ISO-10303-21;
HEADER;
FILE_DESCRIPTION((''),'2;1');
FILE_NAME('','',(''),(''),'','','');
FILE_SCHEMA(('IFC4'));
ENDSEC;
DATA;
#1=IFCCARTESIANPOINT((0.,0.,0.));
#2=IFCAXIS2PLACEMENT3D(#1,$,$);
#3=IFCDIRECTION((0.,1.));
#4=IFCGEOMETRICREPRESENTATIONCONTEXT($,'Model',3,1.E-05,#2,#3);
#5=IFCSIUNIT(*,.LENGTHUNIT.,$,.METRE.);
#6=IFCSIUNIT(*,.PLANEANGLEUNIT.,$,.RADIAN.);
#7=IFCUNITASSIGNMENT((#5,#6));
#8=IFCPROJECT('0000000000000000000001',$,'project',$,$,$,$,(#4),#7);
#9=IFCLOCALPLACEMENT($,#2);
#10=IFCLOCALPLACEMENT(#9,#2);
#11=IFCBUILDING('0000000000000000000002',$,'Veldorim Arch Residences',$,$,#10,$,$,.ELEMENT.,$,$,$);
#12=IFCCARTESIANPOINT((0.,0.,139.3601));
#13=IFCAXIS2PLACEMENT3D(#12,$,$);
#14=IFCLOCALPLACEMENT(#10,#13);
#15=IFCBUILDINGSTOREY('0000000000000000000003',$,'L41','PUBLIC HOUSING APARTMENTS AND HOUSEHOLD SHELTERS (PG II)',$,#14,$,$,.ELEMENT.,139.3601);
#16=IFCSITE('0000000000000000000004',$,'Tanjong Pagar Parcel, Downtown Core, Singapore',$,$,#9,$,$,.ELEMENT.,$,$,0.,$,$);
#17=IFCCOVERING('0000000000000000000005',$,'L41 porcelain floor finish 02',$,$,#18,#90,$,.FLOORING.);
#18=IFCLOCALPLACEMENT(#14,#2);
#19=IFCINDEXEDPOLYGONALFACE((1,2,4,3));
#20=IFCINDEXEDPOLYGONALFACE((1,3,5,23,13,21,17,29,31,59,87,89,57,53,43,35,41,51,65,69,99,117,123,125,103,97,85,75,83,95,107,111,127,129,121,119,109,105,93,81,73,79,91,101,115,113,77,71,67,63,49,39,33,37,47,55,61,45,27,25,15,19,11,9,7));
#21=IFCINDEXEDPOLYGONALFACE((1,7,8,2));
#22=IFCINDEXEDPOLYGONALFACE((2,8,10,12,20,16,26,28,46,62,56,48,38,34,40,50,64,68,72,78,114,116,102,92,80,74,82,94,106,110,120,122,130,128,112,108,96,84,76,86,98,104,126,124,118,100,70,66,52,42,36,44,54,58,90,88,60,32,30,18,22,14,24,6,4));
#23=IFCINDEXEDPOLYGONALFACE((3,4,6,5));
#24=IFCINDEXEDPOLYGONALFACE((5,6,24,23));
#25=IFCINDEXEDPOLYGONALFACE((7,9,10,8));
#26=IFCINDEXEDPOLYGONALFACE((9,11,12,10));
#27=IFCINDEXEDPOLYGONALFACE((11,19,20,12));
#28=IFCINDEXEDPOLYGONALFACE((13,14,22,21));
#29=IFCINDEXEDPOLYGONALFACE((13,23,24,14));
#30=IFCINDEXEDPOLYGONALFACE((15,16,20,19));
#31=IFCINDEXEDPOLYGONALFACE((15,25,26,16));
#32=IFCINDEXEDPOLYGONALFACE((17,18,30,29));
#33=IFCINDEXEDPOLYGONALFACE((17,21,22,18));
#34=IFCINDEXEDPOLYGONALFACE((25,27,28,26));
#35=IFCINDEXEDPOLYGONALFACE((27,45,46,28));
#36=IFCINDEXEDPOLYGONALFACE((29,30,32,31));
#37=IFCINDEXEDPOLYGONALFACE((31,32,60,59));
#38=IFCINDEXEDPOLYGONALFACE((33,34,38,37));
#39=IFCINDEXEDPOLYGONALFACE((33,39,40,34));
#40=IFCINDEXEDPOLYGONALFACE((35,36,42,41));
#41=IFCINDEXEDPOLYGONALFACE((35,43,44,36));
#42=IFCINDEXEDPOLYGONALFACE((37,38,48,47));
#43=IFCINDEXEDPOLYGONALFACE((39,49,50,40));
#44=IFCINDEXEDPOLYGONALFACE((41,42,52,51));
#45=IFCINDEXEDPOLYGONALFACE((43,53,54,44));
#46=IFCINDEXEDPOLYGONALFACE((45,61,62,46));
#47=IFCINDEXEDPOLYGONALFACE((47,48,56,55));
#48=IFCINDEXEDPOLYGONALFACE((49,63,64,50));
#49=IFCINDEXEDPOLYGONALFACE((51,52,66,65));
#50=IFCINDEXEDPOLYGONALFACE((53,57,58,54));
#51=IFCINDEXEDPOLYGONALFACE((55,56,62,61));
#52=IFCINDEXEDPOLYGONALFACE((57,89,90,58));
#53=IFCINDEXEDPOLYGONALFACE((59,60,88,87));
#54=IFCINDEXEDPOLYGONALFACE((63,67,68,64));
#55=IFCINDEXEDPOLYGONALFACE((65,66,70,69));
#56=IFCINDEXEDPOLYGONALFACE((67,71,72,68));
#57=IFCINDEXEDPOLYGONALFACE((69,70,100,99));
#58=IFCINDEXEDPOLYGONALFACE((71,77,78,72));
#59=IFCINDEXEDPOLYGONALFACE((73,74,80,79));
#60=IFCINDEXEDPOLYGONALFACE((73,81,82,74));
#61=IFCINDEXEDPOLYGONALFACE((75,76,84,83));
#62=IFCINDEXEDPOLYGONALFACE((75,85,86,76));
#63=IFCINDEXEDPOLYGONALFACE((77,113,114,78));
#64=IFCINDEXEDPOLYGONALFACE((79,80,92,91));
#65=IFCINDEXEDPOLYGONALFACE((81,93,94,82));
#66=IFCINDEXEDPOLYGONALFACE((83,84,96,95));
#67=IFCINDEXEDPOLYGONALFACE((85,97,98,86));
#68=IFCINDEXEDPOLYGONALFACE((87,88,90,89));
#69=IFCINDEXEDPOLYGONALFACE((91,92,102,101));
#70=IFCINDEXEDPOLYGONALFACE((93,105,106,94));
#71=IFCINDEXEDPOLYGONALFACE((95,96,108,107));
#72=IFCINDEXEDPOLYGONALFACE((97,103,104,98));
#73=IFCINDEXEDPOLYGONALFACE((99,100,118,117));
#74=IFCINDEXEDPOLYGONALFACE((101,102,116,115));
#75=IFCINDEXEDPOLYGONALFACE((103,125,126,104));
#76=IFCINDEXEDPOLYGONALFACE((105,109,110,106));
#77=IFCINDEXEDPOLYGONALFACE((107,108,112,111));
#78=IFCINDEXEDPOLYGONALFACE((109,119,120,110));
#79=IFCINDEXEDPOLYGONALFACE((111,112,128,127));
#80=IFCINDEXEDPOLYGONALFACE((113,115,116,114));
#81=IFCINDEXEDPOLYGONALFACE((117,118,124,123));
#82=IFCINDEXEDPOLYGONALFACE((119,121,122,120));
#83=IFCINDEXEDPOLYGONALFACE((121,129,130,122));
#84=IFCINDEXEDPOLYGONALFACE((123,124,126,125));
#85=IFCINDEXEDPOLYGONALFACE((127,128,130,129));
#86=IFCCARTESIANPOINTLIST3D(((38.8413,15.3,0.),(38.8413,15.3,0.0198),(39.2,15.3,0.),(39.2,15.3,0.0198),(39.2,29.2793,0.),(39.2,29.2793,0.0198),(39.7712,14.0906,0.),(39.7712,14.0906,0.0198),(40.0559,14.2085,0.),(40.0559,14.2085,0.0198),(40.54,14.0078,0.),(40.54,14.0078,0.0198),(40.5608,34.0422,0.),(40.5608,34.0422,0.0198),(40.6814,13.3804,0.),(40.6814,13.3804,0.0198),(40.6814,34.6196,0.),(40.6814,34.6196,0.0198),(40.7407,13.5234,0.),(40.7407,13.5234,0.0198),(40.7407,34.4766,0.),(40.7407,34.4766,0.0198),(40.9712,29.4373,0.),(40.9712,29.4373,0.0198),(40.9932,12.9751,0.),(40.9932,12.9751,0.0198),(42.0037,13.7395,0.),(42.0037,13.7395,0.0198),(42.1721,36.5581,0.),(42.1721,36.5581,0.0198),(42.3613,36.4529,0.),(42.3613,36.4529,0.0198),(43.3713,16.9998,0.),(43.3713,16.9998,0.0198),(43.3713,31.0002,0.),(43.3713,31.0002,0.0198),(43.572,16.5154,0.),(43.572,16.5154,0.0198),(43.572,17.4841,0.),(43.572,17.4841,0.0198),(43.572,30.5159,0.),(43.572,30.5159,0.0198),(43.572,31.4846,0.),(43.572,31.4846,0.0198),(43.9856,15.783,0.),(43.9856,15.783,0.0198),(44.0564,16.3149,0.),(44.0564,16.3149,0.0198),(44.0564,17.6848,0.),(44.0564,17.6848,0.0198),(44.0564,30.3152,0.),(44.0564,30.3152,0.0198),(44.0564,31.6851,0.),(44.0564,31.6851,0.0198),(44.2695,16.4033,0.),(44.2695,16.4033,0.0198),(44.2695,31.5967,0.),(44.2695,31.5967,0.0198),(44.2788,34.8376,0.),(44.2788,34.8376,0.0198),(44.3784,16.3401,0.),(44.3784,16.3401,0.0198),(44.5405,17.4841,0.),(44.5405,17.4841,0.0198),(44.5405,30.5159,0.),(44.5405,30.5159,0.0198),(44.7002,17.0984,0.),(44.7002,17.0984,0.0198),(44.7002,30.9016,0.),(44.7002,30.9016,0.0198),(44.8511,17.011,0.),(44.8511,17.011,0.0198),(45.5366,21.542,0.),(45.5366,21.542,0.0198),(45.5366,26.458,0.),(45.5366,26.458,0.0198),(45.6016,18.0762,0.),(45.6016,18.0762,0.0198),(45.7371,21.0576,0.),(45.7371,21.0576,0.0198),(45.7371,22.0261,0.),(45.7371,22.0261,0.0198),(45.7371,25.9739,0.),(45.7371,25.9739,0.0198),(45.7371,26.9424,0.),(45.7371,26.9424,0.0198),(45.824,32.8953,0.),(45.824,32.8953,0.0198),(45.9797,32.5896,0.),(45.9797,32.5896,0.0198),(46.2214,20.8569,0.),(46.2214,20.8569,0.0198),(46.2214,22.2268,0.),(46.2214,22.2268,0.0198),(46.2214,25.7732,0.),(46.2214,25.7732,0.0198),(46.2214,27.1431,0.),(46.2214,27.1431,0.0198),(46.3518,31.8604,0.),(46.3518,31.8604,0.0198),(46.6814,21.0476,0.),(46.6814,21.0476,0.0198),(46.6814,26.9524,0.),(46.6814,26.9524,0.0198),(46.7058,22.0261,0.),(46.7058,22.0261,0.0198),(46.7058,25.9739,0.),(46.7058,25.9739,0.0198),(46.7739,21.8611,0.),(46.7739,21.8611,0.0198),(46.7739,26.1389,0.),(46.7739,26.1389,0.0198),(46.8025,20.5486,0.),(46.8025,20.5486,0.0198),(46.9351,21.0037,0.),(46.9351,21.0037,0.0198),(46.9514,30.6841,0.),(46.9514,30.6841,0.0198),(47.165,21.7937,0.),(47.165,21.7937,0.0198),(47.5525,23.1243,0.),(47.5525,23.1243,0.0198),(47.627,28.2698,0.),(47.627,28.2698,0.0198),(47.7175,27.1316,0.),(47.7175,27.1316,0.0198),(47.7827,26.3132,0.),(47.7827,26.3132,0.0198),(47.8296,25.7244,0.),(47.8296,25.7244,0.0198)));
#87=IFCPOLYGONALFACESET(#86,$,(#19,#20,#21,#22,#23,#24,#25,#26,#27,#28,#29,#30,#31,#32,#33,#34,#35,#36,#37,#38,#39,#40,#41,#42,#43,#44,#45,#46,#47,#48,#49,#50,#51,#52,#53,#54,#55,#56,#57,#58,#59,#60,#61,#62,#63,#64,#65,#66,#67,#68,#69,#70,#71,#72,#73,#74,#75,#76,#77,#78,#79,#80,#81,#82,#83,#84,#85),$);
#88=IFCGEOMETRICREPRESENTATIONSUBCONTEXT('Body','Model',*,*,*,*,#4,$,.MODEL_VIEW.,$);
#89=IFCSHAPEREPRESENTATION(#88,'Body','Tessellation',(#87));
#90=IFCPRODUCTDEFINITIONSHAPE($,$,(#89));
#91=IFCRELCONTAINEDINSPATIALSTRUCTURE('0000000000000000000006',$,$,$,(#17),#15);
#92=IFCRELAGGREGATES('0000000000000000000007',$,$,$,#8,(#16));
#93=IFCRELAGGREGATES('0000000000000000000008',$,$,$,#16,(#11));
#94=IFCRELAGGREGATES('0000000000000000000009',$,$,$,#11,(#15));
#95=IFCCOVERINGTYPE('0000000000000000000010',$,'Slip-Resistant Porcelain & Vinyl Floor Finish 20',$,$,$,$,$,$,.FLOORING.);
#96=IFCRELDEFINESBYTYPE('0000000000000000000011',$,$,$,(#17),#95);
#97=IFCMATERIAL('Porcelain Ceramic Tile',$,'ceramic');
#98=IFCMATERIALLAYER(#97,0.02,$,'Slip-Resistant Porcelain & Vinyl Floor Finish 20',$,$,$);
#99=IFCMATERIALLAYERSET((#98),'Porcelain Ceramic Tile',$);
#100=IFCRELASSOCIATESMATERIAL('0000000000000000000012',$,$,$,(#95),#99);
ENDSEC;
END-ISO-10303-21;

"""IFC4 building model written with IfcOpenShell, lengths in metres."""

from ifc_helpers import new_model, si_unit, direction, frame, origin, place, context, subcontext, project, spatial, polyline, outline, extrude, material, layer, layer_set, type_object, element, save


model = new_model("IFC4")

# Units and contexts
model_context = context("Model", 3, precision=1e-05, world=origin(), true_north=direction((0.0, 1.0)))
body_context = subcontext(model_context, "Body", "Model", "MODEL_VIEW")
ifc_project = project(units=[si_unit("LENGTHUNIT", "METRE"), si_unit("PLANEANGLEUNIT", "RADIAN")], contexts=[model_context])

# Site, building, storey
site_placement = place(None, origin())
site = spatial("IfcSite", under=ifc_project, at=site_placement, Name="Tanjong Pagar Parcel, Downtown Core, Singapore", CompositionType="ELEMENT", RefElevation=0.0)
building_placement = place(site_placement, origin())
building = spatial("IfcBuilding", under=site, at=building_placement, Name="Veldorim Arch Residences", CompositionType="ELEMENT")
storey_placement = place(building_placement, frame((0.0, 0.0, 139.3601)))
storey = spatial("IfcBuildingStorey", under=building, at=storey_placement, Name="L41", Description="PUBLIC HOUSING APARTMENTS AND HOUSEHOLD SHELTERS (PG II)", CompositionType="ELEMENT", Elevation=139.3601)

# Covering
ifc_material_1 = material(Name="Porcelain Ceramic Tile", Category="ceramic")
ifc_layer_1 = layer(ifc_material_1, 0.02, Name="Slip-Resistant Porcelain & Vinyl Floor Finish 20")
ifc_layer_set_1 = layer_set([ifc_layer_1], Name="Porcelain Ceramic Tile")
covering_type_1 = type_object("IfcCoveringType", Name="Slip-Resistant Porcelain & Vinyl Floor Finish 20", PredefinedType="FLOORING", material=ifc_layer_set_1)
covering_1_placement = place(storey_placement, origin())
element("IfcCovering", 1, at=covering_1_placement, inside=storey, type_object=covering_type_1, Name="L41 porcelain floor finish 02", PredefinedType="FLOORING", context=body_context, shape_type="SweptSolid", body=[
    extrude(outline(polyline([(40.7407, 34.4766), (40.6814, 34.6196), (42.1721, 36.5581), (42.3613, 36.4529), (44.2788, 34.8376), (45.824, 32.8953), (45.9797, 32.5896), (44.2695, 31.5967), (44.0564, 31.6851), (43.572, 31.4846), (43.3713, 31.0002), (43.572, 30.5159), (44.0564, 30.3152), (44.5405, 30.5159), (44.7002, 30.9016), (46.3518, 31.8604), (46.9514, 30.6841), (47.627, 28.2698), (47.7175, 27.1316), (46.6814, 26.9524), (46.2214, 27.1431), (45.7371, 26.9424), (45.5366, 26.458), (45.7371, 25.9739), (46.2214, 25.7732), (46.7058, 25.9739), (46.7739, 26.1389), (47.7827, 26.3132), (47.8296, 25.7244), (47.5525, 23.1243), (47.165, 21.7937), (46.7739, 21.8611), (46.7058, 22.0261), (46.2214, 22.2268), (45.7371, 22.0261), (45.5366, 21.542), (45.7371, 21.0576), (46.2214, 20.8569), (46.6814, 21.0476), (46.9351, 21.0037), (46.8025, 20.5486), (45.6016, 18.0762), (44.8511, 17.011), (44.7002, 17.0984), (44.5405, 17.4841), (44.0564, 17.6848), (43.572, 17.4841), (43.3713, 16.9998), (43.572, 16.5154), (44.0564, 16.3149), (44.2695, 16.4033), (44.3784, 16.3401), (43.9856, 15.783), (42.0037, 13.7395), (40.9932, 12.9751), (40.6814, 13.3804), (40.7407, 13.5234), (40.54, 14.0078), (40.0559, 14.2085), (39.7712, 14.0906), (38.8413, 15.3), (39.2, 15.3), (39.2, 29.2793), (40.9712, 29.4373), (40.5608, 34.0422), (40.7407, 34.4766)])), origin(), (0.0, 0.0, 1.0), 0.0198),
])

save(model, "model.ifc")
